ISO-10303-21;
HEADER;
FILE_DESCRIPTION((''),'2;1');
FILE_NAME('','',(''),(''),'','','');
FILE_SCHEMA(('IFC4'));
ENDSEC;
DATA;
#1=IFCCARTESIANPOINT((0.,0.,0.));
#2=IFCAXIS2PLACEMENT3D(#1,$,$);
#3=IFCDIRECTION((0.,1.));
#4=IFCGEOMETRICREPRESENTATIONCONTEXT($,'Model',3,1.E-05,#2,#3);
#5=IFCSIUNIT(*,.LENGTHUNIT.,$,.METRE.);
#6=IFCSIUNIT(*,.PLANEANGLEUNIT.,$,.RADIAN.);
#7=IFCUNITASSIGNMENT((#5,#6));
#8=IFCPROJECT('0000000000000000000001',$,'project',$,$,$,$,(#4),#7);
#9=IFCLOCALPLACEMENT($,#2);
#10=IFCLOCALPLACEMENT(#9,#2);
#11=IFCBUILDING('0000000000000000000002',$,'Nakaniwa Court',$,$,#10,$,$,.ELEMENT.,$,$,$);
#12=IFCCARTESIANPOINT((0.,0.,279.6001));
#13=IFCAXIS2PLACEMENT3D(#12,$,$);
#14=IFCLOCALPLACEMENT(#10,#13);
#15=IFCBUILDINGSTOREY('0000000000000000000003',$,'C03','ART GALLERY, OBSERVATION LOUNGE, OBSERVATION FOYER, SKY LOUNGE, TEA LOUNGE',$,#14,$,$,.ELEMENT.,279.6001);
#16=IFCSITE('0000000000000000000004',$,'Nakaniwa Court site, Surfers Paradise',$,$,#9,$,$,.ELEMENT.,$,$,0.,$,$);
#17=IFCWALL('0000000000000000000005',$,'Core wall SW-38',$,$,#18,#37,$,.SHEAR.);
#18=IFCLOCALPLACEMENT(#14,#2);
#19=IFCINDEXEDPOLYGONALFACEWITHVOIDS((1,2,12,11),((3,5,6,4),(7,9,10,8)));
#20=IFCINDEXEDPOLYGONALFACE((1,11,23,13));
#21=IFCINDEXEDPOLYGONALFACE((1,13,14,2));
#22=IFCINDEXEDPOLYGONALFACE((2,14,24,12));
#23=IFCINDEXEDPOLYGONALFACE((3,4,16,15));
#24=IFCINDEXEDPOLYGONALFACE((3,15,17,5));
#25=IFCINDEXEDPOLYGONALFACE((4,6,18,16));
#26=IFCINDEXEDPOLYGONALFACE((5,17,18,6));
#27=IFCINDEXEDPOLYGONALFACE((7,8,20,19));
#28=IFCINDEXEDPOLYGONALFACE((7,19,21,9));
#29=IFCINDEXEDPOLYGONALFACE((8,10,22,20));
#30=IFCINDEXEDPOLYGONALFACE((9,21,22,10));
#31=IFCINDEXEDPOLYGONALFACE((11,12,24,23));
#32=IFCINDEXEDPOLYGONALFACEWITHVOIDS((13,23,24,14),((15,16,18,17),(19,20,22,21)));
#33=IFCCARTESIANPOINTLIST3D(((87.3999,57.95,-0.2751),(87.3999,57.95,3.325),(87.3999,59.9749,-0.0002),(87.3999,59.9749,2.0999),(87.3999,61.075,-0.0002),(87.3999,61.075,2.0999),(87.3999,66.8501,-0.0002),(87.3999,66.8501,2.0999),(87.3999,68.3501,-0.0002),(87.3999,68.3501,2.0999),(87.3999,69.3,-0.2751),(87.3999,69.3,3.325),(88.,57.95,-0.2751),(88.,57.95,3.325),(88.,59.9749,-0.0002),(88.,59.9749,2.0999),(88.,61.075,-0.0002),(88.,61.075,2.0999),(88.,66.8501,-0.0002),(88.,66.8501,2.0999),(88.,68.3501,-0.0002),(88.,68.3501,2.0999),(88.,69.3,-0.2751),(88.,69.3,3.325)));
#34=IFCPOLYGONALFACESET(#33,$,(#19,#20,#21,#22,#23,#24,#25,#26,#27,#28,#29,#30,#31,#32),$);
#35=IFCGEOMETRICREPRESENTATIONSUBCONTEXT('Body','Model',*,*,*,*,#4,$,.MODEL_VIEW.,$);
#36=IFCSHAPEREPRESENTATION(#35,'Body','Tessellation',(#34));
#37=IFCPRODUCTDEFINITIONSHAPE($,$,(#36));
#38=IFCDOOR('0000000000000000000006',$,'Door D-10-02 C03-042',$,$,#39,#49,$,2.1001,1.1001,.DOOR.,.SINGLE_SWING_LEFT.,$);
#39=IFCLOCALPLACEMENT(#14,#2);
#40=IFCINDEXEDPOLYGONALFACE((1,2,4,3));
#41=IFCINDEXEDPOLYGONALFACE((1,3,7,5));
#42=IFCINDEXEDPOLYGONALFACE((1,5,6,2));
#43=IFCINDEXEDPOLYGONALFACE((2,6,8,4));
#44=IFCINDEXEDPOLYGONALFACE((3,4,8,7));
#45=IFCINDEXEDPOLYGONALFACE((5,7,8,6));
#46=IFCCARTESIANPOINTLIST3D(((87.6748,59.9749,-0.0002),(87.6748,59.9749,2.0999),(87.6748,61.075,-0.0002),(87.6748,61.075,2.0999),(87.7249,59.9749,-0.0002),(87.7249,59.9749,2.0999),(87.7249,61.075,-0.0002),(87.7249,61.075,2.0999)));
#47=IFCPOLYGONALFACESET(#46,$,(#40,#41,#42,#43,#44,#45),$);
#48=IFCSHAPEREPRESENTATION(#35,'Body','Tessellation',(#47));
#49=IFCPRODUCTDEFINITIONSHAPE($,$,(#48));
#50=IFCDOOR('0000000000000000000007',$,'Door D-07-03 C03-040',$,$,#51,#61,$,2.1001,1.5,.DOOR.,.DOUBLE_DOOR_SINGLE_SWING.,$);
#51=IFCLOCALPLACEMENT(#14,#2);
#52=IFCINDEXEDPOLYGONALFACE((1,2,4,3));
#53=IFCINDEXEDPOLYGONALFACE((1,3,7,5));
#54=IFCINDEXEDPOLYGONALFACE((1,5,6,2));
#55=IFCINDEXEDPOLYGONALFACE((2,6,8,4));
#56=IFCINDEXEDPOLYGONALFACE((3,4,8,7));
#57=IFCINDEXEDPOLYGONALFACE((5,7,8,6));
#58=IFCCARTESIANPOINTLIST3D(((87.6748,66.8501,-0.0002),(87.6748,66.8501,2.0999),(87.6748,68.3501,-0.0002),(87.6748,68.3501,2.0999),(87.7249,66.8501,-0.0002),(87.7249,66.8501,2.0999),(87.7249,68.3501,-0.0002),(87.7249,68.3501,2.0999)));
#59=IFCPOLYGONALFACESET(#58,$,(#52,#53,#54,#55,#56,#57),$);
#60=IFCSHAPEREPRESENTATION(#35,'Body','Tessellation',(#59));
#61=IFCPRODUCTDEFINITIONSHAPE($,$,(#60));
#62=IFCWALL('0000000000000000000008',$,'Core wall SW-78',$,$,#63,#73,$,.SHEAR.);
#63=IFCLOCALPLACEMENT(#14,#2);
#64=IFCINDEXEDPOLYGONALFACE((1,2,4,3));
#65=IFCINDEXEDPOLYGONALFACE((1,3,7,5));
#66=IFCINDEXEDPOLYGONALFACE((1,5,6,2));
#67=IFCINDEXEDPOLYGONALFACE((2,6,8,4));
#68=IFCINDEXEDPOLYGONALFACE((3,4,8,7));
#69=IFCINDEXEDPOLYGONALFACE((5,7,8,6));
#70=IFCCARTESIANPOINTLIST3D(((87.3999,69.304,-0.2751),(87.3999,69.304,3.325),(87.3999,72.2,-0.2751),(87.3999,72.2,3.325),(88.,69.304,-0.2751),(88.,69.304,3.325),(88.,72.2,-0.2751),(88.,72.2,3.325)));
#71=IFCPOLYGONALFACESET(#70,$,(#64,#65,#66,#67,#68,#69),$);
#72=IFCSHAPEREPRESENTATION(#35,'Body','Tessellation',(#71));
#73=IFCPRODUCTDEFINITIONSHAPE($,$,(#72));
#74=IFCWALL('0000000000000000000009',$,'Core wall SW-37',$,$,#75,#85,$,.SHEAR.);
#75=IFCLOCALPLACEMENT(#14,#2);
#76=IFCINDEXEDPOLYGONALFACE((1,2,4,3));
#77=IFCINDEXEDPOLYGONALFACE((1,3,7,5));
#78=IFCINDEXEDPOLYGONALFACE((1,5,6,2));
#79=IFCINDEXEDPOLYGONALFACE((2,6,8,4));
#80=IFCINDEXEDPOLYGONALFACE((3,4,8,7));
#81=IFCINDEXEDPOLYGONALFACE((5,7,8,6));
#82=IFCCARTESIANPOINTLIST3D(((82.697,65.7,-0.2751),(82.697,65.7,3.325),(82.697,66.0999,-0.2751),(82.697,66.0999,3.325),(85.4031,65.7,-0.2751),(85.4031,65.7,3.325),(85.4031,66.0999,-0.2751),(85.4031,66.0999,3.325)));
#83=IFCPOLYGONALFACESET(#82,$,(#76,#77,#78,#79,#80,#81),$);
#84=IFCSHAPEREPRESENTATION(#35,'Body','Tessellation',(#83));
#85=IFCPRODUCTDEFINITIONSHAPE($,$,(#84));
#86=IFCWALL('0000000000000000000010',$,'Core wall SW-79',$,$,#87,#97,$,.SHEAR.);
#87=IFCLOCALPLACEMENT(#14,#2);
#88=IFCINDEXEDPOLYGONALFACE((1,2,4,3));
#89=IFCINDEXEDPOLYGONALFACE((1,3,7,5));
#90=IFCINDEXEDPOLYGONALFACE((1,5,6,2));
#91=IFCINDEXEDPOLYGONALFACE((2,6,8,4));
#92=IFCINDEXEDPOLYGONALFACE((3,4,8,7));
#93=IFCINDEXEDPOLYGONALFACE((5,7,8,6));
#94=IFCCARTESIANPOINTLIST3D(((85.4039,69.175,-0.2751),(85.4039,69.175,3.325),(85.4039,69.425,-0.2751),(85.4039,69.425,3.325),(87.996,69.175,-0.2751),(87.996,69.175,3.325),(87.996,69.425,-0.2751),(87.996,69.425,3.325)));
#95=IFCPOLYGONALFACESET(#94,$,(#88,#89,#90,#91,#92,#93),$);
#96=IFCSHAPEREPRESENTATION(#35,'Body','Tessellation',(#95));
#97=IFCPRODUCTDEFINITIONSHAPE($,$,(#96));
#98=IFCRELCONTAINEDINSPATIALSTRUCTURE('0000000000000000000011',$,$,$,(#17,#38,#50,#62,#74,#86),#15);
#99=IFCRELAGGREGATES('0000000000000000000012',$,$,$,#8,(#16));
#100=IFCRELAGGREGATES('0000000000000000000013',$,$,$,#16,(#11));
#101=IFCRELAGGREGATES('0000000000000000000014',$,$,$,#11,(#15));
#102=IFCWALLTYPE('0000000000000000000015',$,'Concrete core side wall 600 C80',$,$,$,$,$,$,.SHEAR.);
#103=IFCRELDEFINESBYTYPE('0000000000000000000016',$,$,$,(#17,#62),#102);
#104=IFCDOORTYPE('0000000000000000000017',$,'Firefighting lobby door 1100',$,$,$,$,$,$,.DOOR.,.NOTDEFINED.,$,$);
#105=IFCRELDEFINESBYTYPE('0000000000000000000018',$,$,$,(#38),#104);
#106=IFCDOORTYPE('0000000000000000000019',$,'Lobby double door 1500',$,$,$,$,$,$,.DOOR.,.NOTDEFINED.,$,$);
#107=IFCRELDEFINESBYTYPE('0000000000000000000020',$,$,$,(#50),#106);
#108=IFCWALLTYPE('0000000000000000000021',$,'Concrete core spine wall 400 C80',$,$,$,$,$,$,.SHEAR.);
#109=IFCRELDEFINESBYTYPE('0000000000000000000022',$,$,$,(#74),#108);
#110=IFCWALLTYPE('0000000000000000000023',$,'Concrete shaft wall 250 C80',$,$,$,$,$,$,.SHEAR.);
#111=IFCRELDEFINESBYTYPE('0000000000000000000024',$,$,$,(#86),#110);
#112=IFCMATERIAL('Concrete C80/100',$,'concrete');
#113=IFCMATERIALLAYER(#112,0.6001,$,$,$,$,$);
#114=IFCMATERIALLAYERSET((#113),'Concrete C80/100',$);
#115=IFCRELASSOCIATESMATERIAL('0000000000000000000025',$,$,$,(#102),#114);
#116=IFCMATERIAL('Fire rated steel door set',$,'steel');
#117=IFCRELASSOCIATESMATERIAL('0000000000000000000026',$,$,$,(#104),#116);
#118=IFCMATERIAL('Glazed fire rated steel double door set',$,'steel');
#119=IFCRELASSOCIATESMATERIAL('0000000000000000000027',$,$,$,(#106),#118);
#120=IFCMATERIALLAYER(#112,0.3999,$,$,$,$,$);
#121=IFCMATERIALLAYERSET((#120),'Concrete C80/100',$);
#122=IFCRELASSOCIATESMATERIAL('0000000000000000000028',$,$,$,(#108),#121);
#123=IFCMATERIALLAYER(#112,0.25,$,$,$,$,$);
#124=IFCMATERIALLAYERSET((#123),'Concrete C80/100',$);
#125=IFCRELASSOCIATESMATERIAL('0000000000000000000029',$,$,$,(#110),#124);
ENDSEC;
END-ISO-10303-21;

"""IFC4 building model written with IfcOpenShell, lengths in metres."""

from ifc_helpers import new_model, si_unit, direction, frame, frame_2d, origin, place, context, subcontext, project, spatial, rectangle, extrude, material, layer, layer_set, type_object, element, fill, save


model = new_model("IFC4")

# Units and contexts
model_context = context("Model", 3, precision=1e-05, world=origin(), true_north=direction((0.0, 1.0)))
body_context = subcontext(model_context, "Body", "Model", "MODEL_VIEW")
ifc_project = project(units=[si_unit("LENGTHUNIT", "METRE"), si_unit("PLANEANGLEUNIT", "RADIAN")], contexts=[model_context])

# Site, building, storey
site_placement = place(None, origin())
site = spatial("IfcSite", under=ifc_project, at=site_placement, Name="Nakaniwa Court site, Surfers Paradise", CompositionType="ELEMENT", RefElevation=0.0)
building_placement = place(site_placement, origin())
building = spatial("IfcBuilding", under=site, at=building_placement, Name="Nakaniwa Court", CompositionType="ELEMENT")
storey_placement = place(building_placement, frame((0.0, 0.0, 279.6001)))
storey = spatial("IfcBuildingStorey", under=building, at=storey_placement, Name="C03", Description="ART GALLERY, OBSERVATION LOUNGE, OBSERVATION FOYER, SKY LOUNGE, TEA LOUNGE", CompositionType="ELEMENT", Elevation=279.6001)

# Shared definitions
ifc_material_1 = material(Name="Concrete C80/100", Category="concrete")

# Shared definitions
ifc_material_2 = material(Name="Fire rated steel door set", Category="steel")

# Wall, openings, doors
ifc_layer_1 = layer(ifc_material_1, 0.6001)
ifc_layer_set_1 = layer_set([ifc_layer_1], Name="Concrete C80/100")
wall_type_1 = type_object("IfcWallType", Name="Concrete core side wall 600 C80", PredefinedType="SHEAR", material=ifc_layer_set_1)
wall_1_placement = place(storey_placement, frame((87.7, 69.3, -0.2751), z_axis=(0.0, 0.0, 1.0), x_axis=(0.0, -1.0, 0.0)))
wall_1 = element("IfcWall", 1, at=wall_1_placement, inside=storey, type_object=wall_type_1, Name="Core wall SW-38", PredefinedType="SHEAR", context=body_context, shape_type="SweptSolid", body=[
    extrude(rectangle(XDim=11.3501, YDim=0.6001, at=frame_2d((5.675, 0.0))), origin(), (0.0, 0.0, 1.0), 3.6001),
])
opening_1_placement = place(wall_1_placement, frame((0.95, 0.0, 0.2749)))
opening_1 = element("IfcOpeningElement", 2, at=opening_1_placement, cuts=wall_1, PredefinedType="OPENING", context=body_context, shape_type="SweptSolid", body=[
    extrude(rectangle(XDim=1.5, YDim=2.1001, at=frame_2d((0.75, 1.05))), frame((0.0, 0.3101, 0.0), z_axis=(0.0, -1.0, 0.0), x_axis=(1.0, 0.0, 0.0)), (0.0, 0.0, 1.0), 0.6201),
])
opening_2_placement = place(wall_1_placement, frame((8.2251, 0.0, 0.2749)))
opening_2 = element("IfcOpeningElement", 3, at=opening_2_placement, cuts=wall_1, PredefinedType="OPENING", context=body_context, shape_type="SweptSolid", body=[
    extrude(rectangle(XDim=1.1001, YDim=2.1001, at=frame_2d((0.55, 1.05))), frame((0.0, 0.3101, 0.0), z_axis=(0.0, -1.0, 0.0), x_axis=(1.0, 0.0, 0.0)), (0.0, 0.0, 1.0), 0.6201),
])
door_type_1 = type_object("IfcDoorType", Name="Firefighting lobby door 1100", OperationType="NOTDEFINED", PredefinedType="DOOR", material=ifc_material_2)
door_1_placement = place(opening_2_placement, origin())
door_1 = element("IfcDoor", 4, at=door_1_placement, inside=storey, type_object=door_type_1, Name="Door D-10-02 C03-042", OperationType="SINGLE_SWING_LEFT", OverallHeight=2.1001, OverallWidth=1.1001, PredefinedType="DOOR", context=body_context, shape_type="SweptSolid", body=[
    extrude(rectangle(XDim=1.1001, YDim=2.1001, at=frame_2d((0.55, 1.05))), frame((0.0, 0.0249, 0.0), z_axis=(0.0, -1.0, 0.0), x_axis=(1.0, 0.0, 0.0)), (0.0, 0.0, 1.0), 0.05),
])
fill(opening_2, door_1)
ifc_material_3 = material(Name="Glazed fire rated steel double door set", Category="steel")
door_type_2 = type_object("IfcDoorType", Name="Lobby double door 1500", OperationType="NOTDEFINED", PredefinedType="DOOR", material=ifc_material_3)
door_2_placement = place(opening_1_placement, origin())
door_2 = element("IfcDoor", 5, at=door_2_placement, inside=storey, type_object=door_type_2, Name="Door D-07-03 C03-040", OperationType="DOUBLE_DOOR_SINGLE_SWING", OverallHeight=2.1001, OverallWidth=1.5, PredefinedType="DOOR", context=body_context, shape_type="SweptSolid", body=[
    extrude(rectangle(XDim=1.5, YDim=2.1001, at=frame_2d((0.75, 1.05))), frame((0.0, 0.0249, 0.0), z_axis=(0.0, -1.0, 0.0), x_axis=(1.0, 0.0, 0.0)), (0.0, 0.0, 1.0), 0.05),
])
fill(opening_1, door_2)

# Walls
wall_2_placement = place(storey_placement, frame((87.7, 69.304, -0.2751), z_axis=(0.0, 0.0, 1.0), x_axis=(0.0, 1.0, 0.0)))
element("IfcWall", 6, at=wall_2_placement, inside=storey, type_object=wall_type_1, Name="Core wall SW-78", PredefinedType="SHEAR", context=body_context, shape_type="SweptSolid", body=[
    extrude(rectangle(XDim=2.896, YDim=0.6001, at=frame_2d((1.448, 0.0))), origin(), (0.0, 0.0, 1.0), 3.6001),
])
ifc_layer_2 = layer(ifc_material_1, 0.3999)
ifc_layer_set_2 = layer_set([ifc_layer_2], Name="Concrete C80/100")
wall_type_2 = type_object("IfcWallType", Name="Concrete core spine wall 400 C80", PredefinedType="SHEAR", material=ifc_layer_set_2)
wall_3_placement = place(storey_placement, frame((82.697, 65.8999, -0.2751), z_axis=(0.0, 0.0, 1.0), x_axis=(1.0, 0.0, 0.0)))
element("IfcWall", 7, at=wall_3_placement, inside=storey, type_object=wall_type_2, Name="Core wall SW-37", PredefinedType="SHEAR", context=body_context, shape_type="SweptSolid", body=[
    extrude(rectangle(XDim=2.7061, YDim=0.3999, at=frame_2d((1.353, 0.0))), origin(), (0.0, 0.0, 1.0), 3.6001),
])
ifc_layer_3 = layer(ifc_material_1, 0.25)
ifc_layer_set_3 = layer_set([ifc_layer_3], Name="Concrete C80/100")
wall_type_3 = type_object("IfcWallType", Name="Concrete shaft wall 250 C80", PredefinedType="SHEAR", material=ifc_layer_set_3)
wall_4_placement = place(storey_placement, frame((85.4041, 69.3, -0.2751), z_axis=(0.0, 0.0, 1.0), x_axis=(1.0, 0.0, 0.0)))
element("IfcWall", 8, at=wall_4_placement, inside=storey, type_object=wall_type_3, Name="Core wall SW-79", PredefinedType="SHEAR", context=body_context, shape_type="SweptSolid", body=[
    extrude(rectangle(XDim=2.592, YDim=0.25, at=frame_2d((1.2959, 0.0))), origin(), (0.0, 0.0, 1.0), 3.6001),
])

save(model, "model.ifc")
